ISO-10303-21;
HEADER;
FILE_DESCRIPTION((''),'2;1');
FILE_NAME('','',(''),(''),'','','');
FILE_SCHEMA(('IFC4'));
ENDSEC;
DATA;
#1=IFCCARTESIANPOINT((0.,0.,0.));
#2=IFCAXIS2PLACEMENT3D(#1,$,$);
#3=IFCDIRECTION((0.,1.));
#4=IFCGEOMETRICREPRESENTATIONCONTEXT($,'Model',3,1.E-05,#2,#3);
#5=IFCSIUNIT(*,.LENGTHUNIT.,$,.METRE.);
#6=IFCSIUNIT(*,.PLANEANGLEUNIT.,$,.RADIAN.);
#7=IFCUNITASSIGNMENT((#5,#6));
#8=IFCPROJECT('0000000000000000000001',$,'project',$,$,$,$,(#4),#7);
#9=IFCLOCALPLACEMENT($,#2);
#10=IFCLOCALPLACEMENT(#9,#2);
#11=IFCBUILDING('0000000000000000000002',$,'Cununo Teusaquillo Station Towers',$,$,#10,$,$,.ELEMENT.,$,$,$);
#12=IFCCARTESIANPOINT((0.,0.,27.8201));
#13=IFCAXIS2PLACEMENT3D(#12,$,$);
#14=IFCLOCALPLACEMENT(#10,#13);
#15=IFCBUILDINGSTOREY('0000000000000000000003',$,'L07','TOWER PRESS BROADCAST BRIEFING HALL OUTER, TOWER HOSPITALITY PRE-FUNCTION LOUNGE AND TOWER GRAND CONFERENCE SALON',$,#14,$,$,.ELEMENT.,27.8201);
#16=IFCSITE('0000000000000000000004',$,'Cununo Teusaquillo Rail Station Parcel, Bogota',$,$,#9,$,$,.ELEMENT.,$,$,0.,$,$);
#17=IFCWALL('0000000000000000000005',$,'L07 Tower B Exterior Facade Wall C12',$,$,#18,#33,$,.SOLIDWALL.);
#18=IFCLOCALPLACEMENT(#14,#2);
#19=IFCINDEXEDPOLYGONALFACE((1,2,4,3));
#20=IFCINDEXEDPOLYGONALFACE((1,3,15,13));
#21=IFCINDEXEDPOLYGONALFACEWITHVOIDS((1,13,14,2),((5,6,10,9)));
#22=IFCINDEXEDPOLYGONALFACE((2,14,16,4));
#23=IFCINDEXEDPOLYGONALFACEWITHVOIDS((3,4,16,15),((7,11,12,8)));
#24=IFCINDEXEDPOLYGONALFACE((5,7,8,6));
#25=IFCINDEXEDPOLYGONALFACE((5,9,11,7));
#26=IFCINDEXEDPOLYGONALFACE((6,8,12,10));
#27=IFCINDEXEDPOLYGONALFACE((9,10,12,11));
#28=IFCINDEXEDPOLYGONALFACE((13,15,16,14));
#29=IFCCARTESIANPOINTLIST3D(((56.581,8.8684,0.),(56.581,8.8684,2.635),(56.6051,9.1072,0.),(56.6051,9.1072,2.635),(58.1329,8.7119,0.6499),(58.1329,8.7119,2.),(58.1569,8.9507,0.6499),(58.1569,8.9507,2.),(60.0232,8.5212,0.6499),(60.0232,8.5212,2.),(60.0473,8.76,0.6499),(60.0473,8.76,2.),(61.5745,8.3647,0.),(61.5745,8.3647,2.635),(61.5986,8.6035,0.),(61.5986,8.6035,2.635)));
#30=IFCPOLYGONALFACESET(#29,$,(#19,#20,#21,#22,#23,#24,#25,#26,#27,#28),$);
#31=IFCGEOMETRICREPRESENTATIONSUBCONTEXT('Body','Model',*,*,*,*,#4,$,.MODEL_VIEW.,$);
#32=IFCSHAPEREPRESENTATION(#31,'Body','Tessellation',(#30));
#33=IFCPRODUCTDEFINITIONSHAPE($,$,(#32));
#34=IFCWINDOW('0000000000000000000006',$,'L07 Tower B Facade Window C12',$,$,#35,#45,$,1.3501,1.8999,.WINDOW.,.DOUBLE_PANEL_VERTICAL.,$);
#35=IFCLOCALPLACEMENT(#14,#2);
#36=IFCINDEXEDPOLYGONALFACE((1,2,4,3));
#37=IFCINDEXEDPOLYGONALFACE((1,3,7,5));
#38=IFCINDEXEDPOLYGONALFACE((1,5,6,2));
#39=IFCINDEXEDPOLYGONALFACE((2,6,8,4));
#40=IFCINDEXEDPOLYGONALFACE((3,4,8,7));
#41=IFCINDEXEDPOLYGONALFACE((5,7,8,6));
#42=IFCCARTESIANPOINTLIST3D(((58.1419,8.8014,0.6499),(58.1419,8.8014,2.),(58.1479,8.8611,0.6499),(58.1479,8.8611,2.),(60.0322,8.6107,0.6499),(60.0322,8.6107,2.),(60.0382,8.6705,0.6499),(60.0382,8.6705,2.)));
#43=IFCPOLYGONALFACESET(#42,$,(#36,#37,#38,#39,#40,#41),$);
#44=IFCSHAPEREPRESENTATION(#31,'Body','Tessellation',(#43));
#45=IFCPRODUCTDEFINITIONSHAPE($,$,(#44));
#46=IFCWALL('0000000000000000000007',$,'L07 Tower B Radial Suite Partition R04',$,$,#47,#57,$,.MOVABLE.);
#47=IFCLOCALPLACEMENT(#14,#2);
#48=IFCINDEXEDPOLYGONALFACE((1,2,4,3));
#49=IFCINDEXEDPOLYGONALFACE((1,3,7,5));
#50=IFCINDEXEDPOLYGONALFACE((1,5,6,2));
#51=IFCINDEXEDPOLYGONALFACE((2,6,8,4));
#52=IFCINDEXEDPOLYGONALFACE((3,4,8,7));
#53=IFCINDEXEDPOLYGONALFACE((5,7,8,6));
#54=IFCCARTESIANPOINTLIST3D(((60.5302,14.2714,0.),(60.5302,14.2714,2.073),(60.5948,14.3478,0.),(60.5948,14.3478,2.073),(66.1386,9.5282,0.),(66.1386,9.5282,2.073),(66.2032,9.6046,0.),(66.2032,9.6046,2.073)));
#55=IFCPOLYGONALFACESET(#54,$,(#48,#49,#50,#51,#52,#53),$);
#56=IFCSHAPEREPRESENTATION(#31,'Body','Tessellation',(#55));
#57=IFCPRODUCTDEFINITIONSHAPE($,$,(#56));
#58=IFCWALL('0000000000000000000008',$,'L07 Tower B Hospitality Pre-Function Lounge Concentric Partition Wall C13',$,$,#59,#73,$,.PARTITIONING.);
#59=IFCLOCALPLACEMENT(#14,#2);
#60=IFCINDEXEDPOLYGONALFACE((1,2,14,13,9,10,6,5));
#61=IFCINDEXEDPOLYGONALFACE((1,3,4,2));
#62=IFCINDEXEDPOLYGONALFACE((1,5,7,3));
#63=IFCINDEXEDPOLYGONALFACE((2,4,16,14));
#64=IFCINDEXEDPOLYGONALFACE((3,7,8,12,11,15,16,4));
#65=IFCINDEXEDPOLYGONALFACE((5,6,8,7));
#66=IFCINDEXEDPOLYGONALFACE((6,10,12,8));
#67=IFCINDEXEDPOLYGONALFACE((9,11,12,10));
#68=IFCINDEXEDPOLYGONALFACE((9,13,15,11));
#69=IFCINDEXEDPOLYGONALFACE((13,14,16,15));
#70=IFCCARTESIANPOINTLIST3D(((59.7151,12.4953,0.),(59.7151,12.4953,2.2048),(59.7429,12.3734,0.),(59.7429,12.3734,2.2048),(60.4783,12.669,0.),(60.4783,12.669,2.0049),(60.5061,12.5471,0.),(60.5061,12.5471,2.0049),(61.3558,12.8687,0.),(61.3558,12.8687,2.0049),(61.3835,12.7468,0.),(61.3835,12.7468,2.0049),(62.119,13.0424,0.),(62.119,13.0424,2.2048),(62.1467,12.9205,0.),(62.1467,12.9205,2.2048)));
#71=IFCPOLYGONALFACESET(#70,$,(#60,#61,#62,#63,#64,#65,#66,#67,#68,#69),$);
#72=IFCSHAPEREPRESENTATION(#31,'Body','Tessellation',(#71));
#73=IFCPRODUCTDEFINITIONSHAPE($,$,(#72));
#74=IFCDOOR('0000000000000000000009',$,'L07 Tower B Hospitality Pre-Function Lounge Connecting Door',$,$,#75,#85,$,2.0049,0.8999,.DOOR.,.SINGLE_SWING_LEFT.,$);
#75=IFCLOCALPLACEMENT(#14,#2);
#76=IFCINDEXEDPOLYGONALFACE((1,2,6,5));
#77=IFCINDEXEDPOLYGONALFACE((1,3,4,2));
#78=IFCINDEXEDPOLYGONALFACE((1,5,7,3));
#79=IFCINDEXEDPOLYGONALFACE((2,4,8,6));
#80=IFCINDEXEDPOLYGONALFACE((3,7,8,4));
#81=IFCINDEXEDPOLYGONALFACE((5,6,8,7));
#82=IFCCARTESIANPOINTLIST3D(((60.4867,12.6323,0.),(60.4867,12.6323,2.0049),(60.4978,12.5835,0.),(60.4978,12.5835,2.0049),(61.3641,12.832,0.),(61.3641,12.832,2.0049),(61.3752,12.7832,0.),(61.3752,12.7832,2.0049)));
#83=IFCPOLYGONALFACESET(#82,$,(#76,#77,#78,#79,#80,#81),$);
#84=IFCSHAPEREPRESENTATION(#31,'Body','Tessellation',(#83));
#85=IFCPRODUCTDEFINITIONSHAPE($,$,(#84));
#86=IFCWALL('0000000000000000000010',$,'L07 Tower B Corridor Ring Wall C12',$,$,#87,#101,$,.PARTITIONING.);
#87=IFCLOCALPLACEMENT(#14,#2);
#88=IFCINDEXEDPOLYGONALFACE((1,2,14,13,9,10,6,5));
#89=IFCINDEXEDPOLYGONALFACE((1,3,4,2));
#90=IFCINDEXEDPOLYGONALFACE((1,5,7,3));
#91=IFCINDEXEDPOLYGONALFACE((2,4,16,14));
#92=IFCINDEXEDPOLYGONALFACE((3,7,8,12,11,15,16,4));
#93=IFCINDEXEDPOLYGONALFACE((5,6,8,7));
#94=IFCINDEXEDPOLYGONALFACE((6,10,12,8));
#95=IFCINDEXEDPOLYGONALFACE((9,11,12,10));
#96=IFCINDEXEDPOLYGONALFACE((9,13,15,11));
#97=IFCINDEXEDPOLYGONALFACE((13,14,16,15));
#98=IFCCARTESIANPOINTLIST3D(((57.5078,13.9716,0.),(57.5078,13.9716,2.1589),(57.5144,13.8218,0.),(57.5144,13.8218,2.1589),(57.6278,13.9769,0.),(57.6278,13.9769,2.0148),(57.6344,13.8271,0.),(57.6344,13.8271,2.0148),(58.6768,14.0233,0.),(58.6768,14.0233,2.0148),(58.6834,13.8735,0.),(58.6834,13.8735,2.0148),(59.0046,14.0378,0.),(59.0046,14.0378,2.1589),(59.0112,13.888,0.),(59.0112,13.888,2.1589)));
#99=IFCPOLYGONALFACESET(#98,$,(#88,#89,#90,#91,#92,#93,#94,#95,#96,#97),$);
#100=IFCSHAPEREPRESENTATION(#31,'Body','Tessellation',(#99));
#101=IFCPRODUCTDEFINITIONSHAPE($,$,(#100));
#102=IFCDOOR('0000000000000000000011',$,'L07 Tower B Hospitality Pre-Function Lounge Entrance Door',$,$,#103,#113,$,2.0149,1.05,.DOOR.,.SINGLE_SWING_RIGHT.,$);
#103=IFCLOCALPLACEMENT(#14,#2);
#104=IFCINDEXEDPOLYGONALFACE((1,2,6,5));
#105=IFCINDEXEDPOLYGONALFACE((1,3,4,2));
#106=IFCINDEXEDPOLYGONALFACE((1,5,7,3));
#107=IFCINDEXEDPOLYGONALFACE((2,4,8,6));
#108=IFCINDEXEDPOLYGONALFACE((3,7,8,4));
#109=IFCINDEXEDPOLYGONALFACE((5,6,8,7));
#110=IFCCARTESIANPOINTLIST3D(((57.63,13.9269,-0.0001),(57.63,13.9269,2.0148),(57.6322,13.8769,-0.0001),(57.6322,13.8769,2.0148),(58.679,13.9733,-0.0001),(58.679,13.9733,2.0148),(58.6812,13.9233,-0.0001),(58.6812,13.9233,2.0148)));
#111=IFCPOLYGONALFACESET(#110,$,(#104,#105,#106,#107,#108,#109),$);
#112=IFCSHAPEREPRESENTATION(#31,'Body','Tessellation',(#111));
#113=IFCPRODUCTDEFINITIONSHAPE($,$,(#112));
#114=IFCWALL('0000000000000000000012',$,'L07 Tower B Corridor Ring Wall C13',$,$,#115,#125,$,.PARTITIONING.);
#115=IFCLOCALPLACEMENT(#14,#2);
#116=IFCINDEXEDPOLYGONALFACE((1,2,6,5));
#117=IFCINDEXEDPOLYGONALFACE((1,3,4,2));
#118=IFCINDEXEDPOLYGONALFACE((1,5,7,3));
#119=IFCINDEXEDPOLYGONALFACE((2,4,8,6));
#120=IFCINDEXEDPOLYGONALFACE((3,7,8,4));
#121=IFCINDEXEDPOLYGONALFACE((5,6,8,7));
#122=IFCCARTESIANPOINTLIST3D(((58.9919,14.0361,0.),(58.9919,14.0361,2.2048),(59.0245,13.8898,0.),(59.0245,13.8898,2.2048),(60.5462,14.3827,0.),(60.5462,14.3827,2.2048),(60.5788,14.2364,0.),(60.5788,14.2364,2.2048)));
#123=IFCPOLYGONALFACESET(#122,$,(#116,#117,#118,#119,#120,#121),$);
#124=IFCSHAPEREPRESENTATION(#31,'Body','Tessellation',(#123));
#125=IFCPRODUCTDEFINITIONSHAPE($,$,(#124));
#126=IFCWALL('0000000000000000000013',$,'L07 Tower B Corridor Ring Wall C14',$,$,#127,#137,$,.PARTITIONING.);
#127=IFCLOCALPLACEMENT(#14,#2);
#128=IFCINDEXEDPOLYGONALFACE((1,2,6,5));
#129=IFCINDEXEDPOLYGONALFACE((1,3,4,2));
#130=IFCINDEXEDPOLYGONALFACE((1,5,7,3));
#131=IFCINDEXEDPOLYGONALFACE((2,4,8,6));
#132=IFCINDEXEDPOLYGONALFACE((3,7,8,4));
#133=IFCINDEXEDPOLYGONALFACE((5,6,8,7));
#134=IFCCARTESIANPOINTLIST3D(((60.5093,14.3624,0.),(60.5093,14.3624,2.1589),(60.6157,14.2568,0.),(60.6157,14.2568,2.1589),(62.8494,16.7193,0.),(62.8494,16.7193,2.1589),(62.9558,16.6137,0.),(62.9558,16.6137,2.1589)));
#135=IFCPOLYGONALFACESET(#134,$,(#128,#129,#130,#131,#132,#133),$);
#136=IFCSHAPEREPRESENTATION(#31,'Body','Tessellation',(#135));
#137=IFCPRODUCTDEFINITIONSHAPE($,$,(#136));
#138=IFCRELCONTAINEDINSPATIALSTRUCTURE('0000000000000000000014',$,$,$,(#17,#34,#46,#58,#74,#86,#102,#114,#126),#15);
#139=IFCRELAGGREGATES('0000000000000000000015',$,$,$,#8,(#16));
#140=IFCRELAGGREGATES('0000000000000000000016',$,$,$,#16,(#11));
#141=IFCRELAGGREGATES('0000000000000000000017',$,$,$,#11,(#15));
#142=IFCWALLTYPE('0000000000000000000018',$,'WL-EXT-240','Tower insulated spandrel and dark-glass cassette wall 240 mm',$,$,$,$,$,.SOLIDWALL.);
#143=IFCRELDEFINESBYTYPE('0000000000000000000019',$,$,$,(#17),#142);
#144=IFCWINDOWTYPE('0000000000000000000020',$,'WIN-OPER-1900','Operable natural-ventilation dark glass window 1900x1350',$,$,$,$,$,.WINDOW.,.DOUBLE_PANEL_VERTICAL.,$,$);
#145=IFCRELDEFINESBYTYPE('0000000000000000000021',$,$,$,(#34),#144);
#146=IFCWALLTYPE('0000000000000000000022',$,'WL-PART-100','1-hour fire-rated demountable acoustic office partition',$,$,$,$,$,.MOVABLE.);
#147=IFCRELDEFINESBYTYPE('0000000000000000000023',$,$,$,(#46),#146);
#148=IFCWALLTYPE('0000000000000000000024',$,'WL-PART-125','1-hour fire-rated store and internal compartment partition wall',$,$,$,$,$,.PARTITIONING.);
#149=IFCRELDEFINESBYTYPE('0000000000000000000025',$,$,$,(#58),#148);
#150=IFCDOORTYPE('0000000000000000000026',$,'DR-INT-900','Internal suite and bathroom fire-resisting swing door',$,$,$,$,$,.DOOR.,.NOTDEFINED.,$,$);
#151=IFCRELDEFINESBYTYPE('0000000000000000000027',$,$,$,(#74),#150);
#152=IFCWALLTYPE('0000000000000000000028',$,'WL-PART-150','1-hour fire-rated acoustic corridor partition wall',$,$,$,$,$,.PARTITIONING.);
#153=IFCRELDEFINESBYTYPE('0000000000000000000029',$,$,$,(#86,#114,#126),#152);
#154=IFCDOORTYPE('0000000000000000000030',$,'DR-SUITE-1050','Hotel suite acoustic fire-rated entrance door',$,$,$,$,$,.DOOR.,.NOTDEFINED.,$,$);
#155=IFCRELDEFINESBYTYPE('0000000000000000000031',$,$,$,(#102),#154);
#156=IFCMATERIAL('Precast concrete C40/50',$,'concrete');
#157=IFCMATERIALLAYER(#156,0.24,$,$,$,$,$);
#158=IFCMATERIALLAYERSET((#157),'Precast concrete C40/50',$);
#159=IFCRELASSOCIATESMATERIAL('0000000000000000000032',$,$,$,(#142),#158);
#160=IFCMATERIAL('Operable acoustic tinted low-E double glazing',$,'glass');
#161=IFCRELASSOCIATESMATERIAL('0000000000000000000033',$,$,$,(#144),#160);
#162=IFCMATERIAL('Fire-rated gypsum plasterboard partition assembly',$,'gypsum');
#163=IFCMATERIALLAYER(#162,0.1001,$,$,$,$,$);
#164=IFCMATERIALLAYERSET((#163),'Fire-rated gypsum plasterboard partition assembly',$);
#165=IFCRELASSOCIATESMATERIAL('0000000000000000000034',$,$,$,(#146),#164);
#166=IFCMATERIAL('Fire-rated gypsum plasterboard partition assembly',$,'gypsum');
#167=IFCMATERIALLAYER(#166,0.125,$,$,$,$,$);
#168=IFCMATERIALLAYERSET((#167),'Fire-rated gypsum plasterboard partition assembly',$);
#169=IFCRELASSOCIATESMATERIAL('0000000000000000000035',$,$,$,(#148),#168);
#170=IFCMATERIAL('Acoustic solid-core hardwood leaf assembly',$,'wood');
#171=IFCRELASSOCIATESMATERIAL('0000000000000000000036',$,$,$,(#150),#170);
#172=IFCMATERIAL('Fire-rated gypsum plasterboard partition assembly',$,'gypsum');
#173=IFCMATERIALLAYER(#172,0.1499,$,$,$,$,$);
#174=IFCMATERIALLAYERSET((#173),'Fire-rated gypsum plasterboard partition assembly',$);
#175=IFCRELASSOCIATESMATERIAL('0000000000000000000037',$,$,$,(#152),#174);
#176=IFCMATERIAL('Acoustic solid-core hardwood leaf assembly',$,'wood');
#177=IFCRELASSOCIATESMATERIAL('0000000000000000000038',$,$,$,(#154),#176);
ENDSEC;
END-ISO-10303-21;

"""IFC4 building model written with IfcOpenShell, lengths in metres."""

from ifc_helpers import new_model, si_unit, direction, frame, frame_2d, origin, place, context, subcontext, project, spatial, rectangle, extrude, source, transform, mapped, material, layer, layer_set, type_object, element, fill, save


model = new_model("IFC4")

# Units and contexts
model_context = context("Model", 3, precision=1e-05, world=origin(), true_north=direction((0.0, 1.0)))
body_context = subcontext(model_context, "Body", "Model", "MODEL_VIEW")
ifc_project = project(units=[si_unit("LENGTHUNIT", "METRE"), si_unit("PLANEANGLEUNIT", "RADIAN")], contexts=[model_context])

# Site, building, storey
site_placement = place(None, origin())
site = spatial("IfcSite", under=ifc_project, at=site_placement, Name="Cununo Teusaquillo Rail Station Parcel, Bogota", CompositionType="ELEMENT", RefElevation=0.0)
building_placement = place(site_placement, origin())
building = spatial("IfcBuilding", under=site, at=building_placement, Name="Cununo Teusaquillo Station Towers", CompositionType="ELEMENT")
storey_placement = place(building_placement, frame((0.0, 0.0, 27.8201)))
storey = spatial("IfcBuildingStorey", under=building, at=storey_placement, Name="L07", Description="TOWER PRESS BROADCAST BRIEFING HALL OUTER, TOWER HOSPITALITY PRE-FUNCTION LOUNGE AND TOWER GRAND CONFERENCE SALON", CompositionType="ELEMENT", Elevation=27.8201)

# Wall, opening, window
ifc_material_1 = material(Name="Precast concrete C40/50", Category="concrete")
ifc_layer_1 = layer(ifc_material_1, 0.24)
ifc_layer_set_1 = layer_set([ifc_layer_1], Name="Precast concrete C40/50")
wall_type_1 = type_object("IfcWallType", Name="WL-EXT-240", Description="Tower insulated spandrel and dark-glass cassette wall 240 mm", PredefinedType="SOLIDWALL", material=ifc_layer_set_1)
wall_1_placement = place(storey_placement, frame((61.5864, 8.4841, 0.0), z_axis=(0.0, 0.0, 1.0), x_axis=(-0.994952, 0.100356, 0.0)))
wall_1 = element("IfcWall", 1, at=wall_1_placement, inside=storey, type_object=wall_type_1, Name="L07 Tower B Exterior Facade Wall C12", PredefinedType="SOLIDWALL", context=body_context, shape_type="SweptSolid", body=[
    extrude(rectangle(XDim=5.0188, YDim=0.24, at=frame_2d((2.5093, 0.0))), origin(), (0.0, 0.0, 1.0), 2.635),
])
shared_shape_1 = source(origin(), body_context, "Body", "SweptSolid", [
    extrude(rectangle(XDim=1.8999, YDim=1.3501, at=frame_2d((0.95, 0.675))), frame((0.0, 0.1299, 0.0), z_axis=(0.0, -1.0, 0.0), x_axis=(1.0, 0.0, 0.0)), (0.0, 0.0, 1.0), 0.26),
])
opening_1_placement = place(wall_1_placement, frame((1.5591, 0.0, 0.6499)))
opening_1 = element("IfcOpeningElement", 2, at=opening_1_placement, cuts=wall_1, PredefinedType="OPENING", context=body_context, shape_type="MappedRepresentation", body=[
    mapped(shared_shape_1, transform((0.0, 0.0, 0.0), x_axis=(1.0, 0.0, 0.0), y_axis=(0.0, 1.0, 0.0), z_axis=(0.0, 0.0, 1.0), scale=1.0)),
])
ifc_material_2 = material(Name="Operable acoustic tinted low-E double glazing", Category="glass")
window_type = type_object("IfcWindowType", Name="WIN-OPER-1900", Description="Operable natural-ventilation dark glass window 1900x1350", PartitioningType="DOUBLE_PANEL_VERTICAL", PredefinedType="WINDOW", material=ifc_material_2)
shared_shape_2 = source(origin(), body_context, "Body", "SweptSolid", [
    extrude(rectangle(XDim=1.8999, YDim=1.3501, at=frame_2d((0.95, 0.675))), frame((0.0, 0.03, 0.0), z_axis=(0.0, -1.0, 0.0), x_axis=(1.0, 0.0, 0.0)), (0.0, 0.0, 1.0), 0.0601),
])
window_placement = place(opening_1_placement, origin())
window = element("IfcWindow", 3, at=window_placement, inside=storey, type_object=window_type, Name="L07 Tower B Facade Window C12", OverallHeight=1.3501, OverallWidth=1.8999, PartitioningType="DOUBLE_PANEL_VERTICAL", PredefinedType="WINDOW", context=body_context, shape_type="MappedRepresentation", body=[
    mapped(shared_shape_2, transform((0.0, 0.0, 0.0), x_axis=(1.0, 0.0, 0.0), y_axis=(0.0, 1.0, 0.0), z_axis=(0.0, 0.0, 1.0), scale=1.0)),
])
fill(opening_1, window)

# Wall
ifc_material_3 = material(Name="Fire-rated gypsum plasterboard partition assembly", Category="gypsum")
ifc_layer_2 = layer(ifc_material_3, 0.1001)
ifc_layer_set_2 = layer_set([ifc_layer_2], Name="Fire-rated gypsum plasterboard partition assembly")
wall_type_2 = type_object("IfcWallType", Name="WL-PART-100", Description="1-hour fire-rated demountable acoustic office partition", PredefinedType="MOVABLE", material=ifc_layer_set_2)
wall_2_placement = place(storey_placement, frame((60.5625, 14.3096, 0.0), z_axis=(0.0, 0.0, 1.0), x_axis=(0.763548, -0.645752, 0.0)))
element("IfcWall", 4, at=wall_2_placement, inside=storey, type_object=wall_type_2, Name="L07 Tower B Radial Suite Partition R04", PredefinedType="MOVABLE", context=body_context, shape_type="SweptSolid", body=[
    extrude(rectangle(XDim=7.3452, YDim=0.1001, at=frame_2d((3.6726, 0.0))), origin(), (0.0, 0.0, 1.0), 2.073),
])

# Walls, openings, doors
ifc_material_4 = material(Name="Fire-rated gypsum plasterboard partition assembly", Category="gypsum")
ifc_layer_3 = layer(ifc_material_4, 0.125)
ifc_layer_set_3 = layer_set([ifc_layer_3], Name="Fire-rated gypsum plasterboard partition assembly")
wall_type_3 = type_object("IfcWallType", Name="WL-PART-125", Description="1-hour fire-rated store and internal compartment partition wall", PredefinedType="PARTITIONING", material=ifc_layer_set_3)
wall_3_placement = place(storey_placement, frame((59.729, 12.4343, 0.0), z_axis=(0.0, 0.0, 1.0), x_axis=(0.975063, 0.221929, 0.0)))
wall_3 = element("IfcWall", 5, at=wall_3_placement, inside=storey, type_object=wall_type_3, Name="L07 Tower B Hospitality Pre-Function Lounge Concentric Partition Wall C13", PredefinedType="PARTITIONING", context=body_context, shape_type="SweptSolid", body=[
    extrude(rectangle(XDim=2.4653, YDim=0.125, at=frame_2d((1.2327, 0.0))), origin(), (0.0, 0.0, 1.0), 2.2048),
])
shared_shape_3 = source(origin(), body_context, "Body", "SweptSolid", [
    extrude(rectangle(XDim=0.8999, YDim=2.0049, at=frame_2d((0.45, 1.0024))), frame((0.0, 0.0725, 0.0), z_axis=(0.0, -1.0, 0.0), x_axis=(1.0, 0.0, 0.0)), (0.0, 0.0, 1.0), 0.145),
])
opening_2_placement = place(wall_3_placement, frame((0.7827, 0.0, 0.0)))
opening_2 = element("IfcOpeningElement", 6, at=opening_2_placement, cuts=wall_3, PredefinedType="OPENING", context=body_context, shape_type="MappedRepresentation", body=[
    mapped(shared_shape_3, transform((0.0, 0.0, 0.0), x_axis=(1.0, 0.0, 0.0), y_axis=(0.0, 1.0, 0.0), z_axis=(0.0, 0.0, 1.0), scale=1.0)),
])
ifc_material_5 = material(Name="Acoustic solid-core hardwood leaf assembly", Category="wood")
door_type_1 = type_object("IfcDoorType", Name="DR-INT-900", Description="Internal suite and bathroom fire-resisting swing door", OperationType="NOTDEFINED", PredefinedType="DOOR", material=ifc_material_5)
shared_shape_4 = source(origin(), body_context, "Body", "SweptSolid", [
    extrude(rectangle(XDim=0.8999, YDim=2.0049, at=frame_2d((0.45, 1.0024))), frame((0.0, 0.0249, 0.0), z_axis=(0.0, -1.0, 0.0), x_axis=(1.0, 0.0, 0.0)), (0.0, 0.0, 1.0), 0.05),
])
door_1_placement = place(opening_2_placement, origin())
door_1 = element("IfcDoor", 7, at=door_1_placement, inside=storey, type_object=door_type_1, Name="L07 Tower B Hospitality Pre-Function Lounge Connecting Door", OperationType="SINGLE_SWING_LEFT", OverallHeight=2.0049, OverallWidth=0.8999, PredefinedType="DOOR", context=body_context, shape_type="MappedRepresentation", body=[
    mapped(shared_shape_4, transform((0.0, 0.0, 0.0), x_axis=(1.0, 0.0, 0.0), y_axis=(0.0, 1.0, 0.0), z_axis=(0.0, 0.0, 1.0), scale=1.0)),
])
fill(opening_2, door_1)
ifc_material_6 = material(Name="Fire-rated gypsum plasterboard partition assembly", Category="gypsum")
ifc_layer_4 = layer(ifc_material_6, 0.1499)
ifc_layer_set_4 = layer_set([ifc_layer_4], Name="Fire-rated gypsum plasterboard partition assembly")
wall_type_4 = type_object("IfcWallType", Name="WL-PART-150", Description="1-hour fire-rated acoustic corridor partition wall", PredefinedType="PARTITIONING", material=ifc_layer_set_4)
wall_4_placement = place(storey_placement, frame((57.5112, 13.8967, 0.0), z_axis=(0.0, 0.0, 1.0), x_axis=(0.999025, 0.044158, 0.0)))
wall_4 = element("IfcWall", 8, at=wall_4_placement, inside=storey, type_object=wall_type_4, Name="L07 Tower B Corridor Ring Wall C12", PredefinedType="PARTITIONING", context=body_context, shape_type="SweptSolid", body=[
    extrude(rectangle(XDim=1.4983, YDim=0.1499, at=frame_2d((0.749, 0.0))), origin(), (0.0, 0.0, 1.0), 2.1589),
])
shared_shape_5 = source(origin(), body_context, "Body", "SweptSolid", [
    extrude(rectangle(XDim=1.05, YDim=2.0149, at=frame_2d((0.5249, 1.0073))), frame((0.0, 0.085, 0.0), z_axis=(0.0, -1.0, 0.0), x_axis=(1.0, 0.0, 0.0)), (0.0, 0.0, 1.0), 0.1699),
])
opening_3_placement = place(wall_4_placement, frame((0.1201, 0.0, 0.0)))
opening_3 = element("IfcOpeningElement", 9, at=opening_3_placement, cuts=wall_4, PredefinedType="OPENING", context=body_context, shape_type="MappedRepresentation", body=[
    mapped(shared_shape_5, transform((0.0, 0.0, 0.0), x_axis=(1.0, 0.0, 0.0), y_axis=(0.0, 1.0, 0.0), z_axis=(0.0, 0.0, 1.0), scale=1.0)),
])
ifc_material_7 = material(Name="Acoustic solid-core hardwood leaf assembly", Category="wood")
door_type_2 = type_object("IfcDoorType", Name="DR-SUITE-1050", Description="Hotel suite acoustic fire-rated entrance door", OperationType="NOTDEFINED", PredefinedType="DOOR", material=ifc_material_7)
shared_shape_6 = source(origin(), body_context, "Body", "SweptSolid", [
    extrude(rectangle(XDim=1.05, YDim=2.0149, at=frame_2d((0.5249, 1.0073))), frame((0.0, 0.0249, 0.0), z_axis=(0.0, -1.0, 0.0), x_axis=(1.0, 0.0, 0.0)), (0.0, 0.0, 1.0), 0.05),
])
door_2_placement = place(opening_3_placement, origin())
door_2 = element("IfcDoor", 10, at=door_2_placement, inside=storey, type_object=door_type_2, Name="L07 Tower B Hospitality Pre-Function Lounge Entrance Door", OperationType="SINGLE_SWING_RIGHT", OverallHeight=2.0149, OverallWidth=1.05, PredefinedType="DOOR", context=body_context, shape_type="MappedRepresentation", body=[
    mapped(shared_shape_6, transform((0.0, 0.0, 0.0), x_axis=(1.0, 0.0, 0.0), y_axis=(0.0, 1.0, 0.0), z_axis=(0.0, 0.0, 1.0), scale=1.0)),
])
fill(opening_3, door_2)

# Walls
wall_5_placement = place(storey_placement, frame((59.0081, 13.9629, 0.0), z_axis=(0.0, 0.0, 1.0), x_axis=(0.976021, 0.217677, 0.0)))
element("IfcWall", 11, at=wall_5_placement, inside=storey, type_object=wall_type_4, Name="L07 Tower B Corridor Ring Wall C13", PredefinedType="PARTITIONING", context=body_context, shape_type="SweptSolid", body=[
    extrude(rectangle(XDim=1.5925, YDim=0.1499, at=frame_2d((0.7964, 0.0))), origin(), (0.0, 0.0, 1.0), 2.2048),
])
wall_6_placement = place(storey_placement, frame((60.5625, 14.3096, 0.0), z_axis=(0.0, 0.0, 1.0), x_axis=(0.704566, 0.709638, 0.0)))
element("IfcWall", 12, at=wall_6_placement, inside=storey, type_object=wall_type_4, Name="L07 Tower B Corridor Ring Wall C14", PredefinedType="PARTITIONING", context=body_context, shape_type="SweptSolid", body=[
    extrude(rectangle(XDim=3.3213, YDim=0.1499, at=frame_2d((1.6606, 0.0))), origin(), (0.0, 0.0, 1.0), 2.1589),
])

save(model, "model.ifc")
